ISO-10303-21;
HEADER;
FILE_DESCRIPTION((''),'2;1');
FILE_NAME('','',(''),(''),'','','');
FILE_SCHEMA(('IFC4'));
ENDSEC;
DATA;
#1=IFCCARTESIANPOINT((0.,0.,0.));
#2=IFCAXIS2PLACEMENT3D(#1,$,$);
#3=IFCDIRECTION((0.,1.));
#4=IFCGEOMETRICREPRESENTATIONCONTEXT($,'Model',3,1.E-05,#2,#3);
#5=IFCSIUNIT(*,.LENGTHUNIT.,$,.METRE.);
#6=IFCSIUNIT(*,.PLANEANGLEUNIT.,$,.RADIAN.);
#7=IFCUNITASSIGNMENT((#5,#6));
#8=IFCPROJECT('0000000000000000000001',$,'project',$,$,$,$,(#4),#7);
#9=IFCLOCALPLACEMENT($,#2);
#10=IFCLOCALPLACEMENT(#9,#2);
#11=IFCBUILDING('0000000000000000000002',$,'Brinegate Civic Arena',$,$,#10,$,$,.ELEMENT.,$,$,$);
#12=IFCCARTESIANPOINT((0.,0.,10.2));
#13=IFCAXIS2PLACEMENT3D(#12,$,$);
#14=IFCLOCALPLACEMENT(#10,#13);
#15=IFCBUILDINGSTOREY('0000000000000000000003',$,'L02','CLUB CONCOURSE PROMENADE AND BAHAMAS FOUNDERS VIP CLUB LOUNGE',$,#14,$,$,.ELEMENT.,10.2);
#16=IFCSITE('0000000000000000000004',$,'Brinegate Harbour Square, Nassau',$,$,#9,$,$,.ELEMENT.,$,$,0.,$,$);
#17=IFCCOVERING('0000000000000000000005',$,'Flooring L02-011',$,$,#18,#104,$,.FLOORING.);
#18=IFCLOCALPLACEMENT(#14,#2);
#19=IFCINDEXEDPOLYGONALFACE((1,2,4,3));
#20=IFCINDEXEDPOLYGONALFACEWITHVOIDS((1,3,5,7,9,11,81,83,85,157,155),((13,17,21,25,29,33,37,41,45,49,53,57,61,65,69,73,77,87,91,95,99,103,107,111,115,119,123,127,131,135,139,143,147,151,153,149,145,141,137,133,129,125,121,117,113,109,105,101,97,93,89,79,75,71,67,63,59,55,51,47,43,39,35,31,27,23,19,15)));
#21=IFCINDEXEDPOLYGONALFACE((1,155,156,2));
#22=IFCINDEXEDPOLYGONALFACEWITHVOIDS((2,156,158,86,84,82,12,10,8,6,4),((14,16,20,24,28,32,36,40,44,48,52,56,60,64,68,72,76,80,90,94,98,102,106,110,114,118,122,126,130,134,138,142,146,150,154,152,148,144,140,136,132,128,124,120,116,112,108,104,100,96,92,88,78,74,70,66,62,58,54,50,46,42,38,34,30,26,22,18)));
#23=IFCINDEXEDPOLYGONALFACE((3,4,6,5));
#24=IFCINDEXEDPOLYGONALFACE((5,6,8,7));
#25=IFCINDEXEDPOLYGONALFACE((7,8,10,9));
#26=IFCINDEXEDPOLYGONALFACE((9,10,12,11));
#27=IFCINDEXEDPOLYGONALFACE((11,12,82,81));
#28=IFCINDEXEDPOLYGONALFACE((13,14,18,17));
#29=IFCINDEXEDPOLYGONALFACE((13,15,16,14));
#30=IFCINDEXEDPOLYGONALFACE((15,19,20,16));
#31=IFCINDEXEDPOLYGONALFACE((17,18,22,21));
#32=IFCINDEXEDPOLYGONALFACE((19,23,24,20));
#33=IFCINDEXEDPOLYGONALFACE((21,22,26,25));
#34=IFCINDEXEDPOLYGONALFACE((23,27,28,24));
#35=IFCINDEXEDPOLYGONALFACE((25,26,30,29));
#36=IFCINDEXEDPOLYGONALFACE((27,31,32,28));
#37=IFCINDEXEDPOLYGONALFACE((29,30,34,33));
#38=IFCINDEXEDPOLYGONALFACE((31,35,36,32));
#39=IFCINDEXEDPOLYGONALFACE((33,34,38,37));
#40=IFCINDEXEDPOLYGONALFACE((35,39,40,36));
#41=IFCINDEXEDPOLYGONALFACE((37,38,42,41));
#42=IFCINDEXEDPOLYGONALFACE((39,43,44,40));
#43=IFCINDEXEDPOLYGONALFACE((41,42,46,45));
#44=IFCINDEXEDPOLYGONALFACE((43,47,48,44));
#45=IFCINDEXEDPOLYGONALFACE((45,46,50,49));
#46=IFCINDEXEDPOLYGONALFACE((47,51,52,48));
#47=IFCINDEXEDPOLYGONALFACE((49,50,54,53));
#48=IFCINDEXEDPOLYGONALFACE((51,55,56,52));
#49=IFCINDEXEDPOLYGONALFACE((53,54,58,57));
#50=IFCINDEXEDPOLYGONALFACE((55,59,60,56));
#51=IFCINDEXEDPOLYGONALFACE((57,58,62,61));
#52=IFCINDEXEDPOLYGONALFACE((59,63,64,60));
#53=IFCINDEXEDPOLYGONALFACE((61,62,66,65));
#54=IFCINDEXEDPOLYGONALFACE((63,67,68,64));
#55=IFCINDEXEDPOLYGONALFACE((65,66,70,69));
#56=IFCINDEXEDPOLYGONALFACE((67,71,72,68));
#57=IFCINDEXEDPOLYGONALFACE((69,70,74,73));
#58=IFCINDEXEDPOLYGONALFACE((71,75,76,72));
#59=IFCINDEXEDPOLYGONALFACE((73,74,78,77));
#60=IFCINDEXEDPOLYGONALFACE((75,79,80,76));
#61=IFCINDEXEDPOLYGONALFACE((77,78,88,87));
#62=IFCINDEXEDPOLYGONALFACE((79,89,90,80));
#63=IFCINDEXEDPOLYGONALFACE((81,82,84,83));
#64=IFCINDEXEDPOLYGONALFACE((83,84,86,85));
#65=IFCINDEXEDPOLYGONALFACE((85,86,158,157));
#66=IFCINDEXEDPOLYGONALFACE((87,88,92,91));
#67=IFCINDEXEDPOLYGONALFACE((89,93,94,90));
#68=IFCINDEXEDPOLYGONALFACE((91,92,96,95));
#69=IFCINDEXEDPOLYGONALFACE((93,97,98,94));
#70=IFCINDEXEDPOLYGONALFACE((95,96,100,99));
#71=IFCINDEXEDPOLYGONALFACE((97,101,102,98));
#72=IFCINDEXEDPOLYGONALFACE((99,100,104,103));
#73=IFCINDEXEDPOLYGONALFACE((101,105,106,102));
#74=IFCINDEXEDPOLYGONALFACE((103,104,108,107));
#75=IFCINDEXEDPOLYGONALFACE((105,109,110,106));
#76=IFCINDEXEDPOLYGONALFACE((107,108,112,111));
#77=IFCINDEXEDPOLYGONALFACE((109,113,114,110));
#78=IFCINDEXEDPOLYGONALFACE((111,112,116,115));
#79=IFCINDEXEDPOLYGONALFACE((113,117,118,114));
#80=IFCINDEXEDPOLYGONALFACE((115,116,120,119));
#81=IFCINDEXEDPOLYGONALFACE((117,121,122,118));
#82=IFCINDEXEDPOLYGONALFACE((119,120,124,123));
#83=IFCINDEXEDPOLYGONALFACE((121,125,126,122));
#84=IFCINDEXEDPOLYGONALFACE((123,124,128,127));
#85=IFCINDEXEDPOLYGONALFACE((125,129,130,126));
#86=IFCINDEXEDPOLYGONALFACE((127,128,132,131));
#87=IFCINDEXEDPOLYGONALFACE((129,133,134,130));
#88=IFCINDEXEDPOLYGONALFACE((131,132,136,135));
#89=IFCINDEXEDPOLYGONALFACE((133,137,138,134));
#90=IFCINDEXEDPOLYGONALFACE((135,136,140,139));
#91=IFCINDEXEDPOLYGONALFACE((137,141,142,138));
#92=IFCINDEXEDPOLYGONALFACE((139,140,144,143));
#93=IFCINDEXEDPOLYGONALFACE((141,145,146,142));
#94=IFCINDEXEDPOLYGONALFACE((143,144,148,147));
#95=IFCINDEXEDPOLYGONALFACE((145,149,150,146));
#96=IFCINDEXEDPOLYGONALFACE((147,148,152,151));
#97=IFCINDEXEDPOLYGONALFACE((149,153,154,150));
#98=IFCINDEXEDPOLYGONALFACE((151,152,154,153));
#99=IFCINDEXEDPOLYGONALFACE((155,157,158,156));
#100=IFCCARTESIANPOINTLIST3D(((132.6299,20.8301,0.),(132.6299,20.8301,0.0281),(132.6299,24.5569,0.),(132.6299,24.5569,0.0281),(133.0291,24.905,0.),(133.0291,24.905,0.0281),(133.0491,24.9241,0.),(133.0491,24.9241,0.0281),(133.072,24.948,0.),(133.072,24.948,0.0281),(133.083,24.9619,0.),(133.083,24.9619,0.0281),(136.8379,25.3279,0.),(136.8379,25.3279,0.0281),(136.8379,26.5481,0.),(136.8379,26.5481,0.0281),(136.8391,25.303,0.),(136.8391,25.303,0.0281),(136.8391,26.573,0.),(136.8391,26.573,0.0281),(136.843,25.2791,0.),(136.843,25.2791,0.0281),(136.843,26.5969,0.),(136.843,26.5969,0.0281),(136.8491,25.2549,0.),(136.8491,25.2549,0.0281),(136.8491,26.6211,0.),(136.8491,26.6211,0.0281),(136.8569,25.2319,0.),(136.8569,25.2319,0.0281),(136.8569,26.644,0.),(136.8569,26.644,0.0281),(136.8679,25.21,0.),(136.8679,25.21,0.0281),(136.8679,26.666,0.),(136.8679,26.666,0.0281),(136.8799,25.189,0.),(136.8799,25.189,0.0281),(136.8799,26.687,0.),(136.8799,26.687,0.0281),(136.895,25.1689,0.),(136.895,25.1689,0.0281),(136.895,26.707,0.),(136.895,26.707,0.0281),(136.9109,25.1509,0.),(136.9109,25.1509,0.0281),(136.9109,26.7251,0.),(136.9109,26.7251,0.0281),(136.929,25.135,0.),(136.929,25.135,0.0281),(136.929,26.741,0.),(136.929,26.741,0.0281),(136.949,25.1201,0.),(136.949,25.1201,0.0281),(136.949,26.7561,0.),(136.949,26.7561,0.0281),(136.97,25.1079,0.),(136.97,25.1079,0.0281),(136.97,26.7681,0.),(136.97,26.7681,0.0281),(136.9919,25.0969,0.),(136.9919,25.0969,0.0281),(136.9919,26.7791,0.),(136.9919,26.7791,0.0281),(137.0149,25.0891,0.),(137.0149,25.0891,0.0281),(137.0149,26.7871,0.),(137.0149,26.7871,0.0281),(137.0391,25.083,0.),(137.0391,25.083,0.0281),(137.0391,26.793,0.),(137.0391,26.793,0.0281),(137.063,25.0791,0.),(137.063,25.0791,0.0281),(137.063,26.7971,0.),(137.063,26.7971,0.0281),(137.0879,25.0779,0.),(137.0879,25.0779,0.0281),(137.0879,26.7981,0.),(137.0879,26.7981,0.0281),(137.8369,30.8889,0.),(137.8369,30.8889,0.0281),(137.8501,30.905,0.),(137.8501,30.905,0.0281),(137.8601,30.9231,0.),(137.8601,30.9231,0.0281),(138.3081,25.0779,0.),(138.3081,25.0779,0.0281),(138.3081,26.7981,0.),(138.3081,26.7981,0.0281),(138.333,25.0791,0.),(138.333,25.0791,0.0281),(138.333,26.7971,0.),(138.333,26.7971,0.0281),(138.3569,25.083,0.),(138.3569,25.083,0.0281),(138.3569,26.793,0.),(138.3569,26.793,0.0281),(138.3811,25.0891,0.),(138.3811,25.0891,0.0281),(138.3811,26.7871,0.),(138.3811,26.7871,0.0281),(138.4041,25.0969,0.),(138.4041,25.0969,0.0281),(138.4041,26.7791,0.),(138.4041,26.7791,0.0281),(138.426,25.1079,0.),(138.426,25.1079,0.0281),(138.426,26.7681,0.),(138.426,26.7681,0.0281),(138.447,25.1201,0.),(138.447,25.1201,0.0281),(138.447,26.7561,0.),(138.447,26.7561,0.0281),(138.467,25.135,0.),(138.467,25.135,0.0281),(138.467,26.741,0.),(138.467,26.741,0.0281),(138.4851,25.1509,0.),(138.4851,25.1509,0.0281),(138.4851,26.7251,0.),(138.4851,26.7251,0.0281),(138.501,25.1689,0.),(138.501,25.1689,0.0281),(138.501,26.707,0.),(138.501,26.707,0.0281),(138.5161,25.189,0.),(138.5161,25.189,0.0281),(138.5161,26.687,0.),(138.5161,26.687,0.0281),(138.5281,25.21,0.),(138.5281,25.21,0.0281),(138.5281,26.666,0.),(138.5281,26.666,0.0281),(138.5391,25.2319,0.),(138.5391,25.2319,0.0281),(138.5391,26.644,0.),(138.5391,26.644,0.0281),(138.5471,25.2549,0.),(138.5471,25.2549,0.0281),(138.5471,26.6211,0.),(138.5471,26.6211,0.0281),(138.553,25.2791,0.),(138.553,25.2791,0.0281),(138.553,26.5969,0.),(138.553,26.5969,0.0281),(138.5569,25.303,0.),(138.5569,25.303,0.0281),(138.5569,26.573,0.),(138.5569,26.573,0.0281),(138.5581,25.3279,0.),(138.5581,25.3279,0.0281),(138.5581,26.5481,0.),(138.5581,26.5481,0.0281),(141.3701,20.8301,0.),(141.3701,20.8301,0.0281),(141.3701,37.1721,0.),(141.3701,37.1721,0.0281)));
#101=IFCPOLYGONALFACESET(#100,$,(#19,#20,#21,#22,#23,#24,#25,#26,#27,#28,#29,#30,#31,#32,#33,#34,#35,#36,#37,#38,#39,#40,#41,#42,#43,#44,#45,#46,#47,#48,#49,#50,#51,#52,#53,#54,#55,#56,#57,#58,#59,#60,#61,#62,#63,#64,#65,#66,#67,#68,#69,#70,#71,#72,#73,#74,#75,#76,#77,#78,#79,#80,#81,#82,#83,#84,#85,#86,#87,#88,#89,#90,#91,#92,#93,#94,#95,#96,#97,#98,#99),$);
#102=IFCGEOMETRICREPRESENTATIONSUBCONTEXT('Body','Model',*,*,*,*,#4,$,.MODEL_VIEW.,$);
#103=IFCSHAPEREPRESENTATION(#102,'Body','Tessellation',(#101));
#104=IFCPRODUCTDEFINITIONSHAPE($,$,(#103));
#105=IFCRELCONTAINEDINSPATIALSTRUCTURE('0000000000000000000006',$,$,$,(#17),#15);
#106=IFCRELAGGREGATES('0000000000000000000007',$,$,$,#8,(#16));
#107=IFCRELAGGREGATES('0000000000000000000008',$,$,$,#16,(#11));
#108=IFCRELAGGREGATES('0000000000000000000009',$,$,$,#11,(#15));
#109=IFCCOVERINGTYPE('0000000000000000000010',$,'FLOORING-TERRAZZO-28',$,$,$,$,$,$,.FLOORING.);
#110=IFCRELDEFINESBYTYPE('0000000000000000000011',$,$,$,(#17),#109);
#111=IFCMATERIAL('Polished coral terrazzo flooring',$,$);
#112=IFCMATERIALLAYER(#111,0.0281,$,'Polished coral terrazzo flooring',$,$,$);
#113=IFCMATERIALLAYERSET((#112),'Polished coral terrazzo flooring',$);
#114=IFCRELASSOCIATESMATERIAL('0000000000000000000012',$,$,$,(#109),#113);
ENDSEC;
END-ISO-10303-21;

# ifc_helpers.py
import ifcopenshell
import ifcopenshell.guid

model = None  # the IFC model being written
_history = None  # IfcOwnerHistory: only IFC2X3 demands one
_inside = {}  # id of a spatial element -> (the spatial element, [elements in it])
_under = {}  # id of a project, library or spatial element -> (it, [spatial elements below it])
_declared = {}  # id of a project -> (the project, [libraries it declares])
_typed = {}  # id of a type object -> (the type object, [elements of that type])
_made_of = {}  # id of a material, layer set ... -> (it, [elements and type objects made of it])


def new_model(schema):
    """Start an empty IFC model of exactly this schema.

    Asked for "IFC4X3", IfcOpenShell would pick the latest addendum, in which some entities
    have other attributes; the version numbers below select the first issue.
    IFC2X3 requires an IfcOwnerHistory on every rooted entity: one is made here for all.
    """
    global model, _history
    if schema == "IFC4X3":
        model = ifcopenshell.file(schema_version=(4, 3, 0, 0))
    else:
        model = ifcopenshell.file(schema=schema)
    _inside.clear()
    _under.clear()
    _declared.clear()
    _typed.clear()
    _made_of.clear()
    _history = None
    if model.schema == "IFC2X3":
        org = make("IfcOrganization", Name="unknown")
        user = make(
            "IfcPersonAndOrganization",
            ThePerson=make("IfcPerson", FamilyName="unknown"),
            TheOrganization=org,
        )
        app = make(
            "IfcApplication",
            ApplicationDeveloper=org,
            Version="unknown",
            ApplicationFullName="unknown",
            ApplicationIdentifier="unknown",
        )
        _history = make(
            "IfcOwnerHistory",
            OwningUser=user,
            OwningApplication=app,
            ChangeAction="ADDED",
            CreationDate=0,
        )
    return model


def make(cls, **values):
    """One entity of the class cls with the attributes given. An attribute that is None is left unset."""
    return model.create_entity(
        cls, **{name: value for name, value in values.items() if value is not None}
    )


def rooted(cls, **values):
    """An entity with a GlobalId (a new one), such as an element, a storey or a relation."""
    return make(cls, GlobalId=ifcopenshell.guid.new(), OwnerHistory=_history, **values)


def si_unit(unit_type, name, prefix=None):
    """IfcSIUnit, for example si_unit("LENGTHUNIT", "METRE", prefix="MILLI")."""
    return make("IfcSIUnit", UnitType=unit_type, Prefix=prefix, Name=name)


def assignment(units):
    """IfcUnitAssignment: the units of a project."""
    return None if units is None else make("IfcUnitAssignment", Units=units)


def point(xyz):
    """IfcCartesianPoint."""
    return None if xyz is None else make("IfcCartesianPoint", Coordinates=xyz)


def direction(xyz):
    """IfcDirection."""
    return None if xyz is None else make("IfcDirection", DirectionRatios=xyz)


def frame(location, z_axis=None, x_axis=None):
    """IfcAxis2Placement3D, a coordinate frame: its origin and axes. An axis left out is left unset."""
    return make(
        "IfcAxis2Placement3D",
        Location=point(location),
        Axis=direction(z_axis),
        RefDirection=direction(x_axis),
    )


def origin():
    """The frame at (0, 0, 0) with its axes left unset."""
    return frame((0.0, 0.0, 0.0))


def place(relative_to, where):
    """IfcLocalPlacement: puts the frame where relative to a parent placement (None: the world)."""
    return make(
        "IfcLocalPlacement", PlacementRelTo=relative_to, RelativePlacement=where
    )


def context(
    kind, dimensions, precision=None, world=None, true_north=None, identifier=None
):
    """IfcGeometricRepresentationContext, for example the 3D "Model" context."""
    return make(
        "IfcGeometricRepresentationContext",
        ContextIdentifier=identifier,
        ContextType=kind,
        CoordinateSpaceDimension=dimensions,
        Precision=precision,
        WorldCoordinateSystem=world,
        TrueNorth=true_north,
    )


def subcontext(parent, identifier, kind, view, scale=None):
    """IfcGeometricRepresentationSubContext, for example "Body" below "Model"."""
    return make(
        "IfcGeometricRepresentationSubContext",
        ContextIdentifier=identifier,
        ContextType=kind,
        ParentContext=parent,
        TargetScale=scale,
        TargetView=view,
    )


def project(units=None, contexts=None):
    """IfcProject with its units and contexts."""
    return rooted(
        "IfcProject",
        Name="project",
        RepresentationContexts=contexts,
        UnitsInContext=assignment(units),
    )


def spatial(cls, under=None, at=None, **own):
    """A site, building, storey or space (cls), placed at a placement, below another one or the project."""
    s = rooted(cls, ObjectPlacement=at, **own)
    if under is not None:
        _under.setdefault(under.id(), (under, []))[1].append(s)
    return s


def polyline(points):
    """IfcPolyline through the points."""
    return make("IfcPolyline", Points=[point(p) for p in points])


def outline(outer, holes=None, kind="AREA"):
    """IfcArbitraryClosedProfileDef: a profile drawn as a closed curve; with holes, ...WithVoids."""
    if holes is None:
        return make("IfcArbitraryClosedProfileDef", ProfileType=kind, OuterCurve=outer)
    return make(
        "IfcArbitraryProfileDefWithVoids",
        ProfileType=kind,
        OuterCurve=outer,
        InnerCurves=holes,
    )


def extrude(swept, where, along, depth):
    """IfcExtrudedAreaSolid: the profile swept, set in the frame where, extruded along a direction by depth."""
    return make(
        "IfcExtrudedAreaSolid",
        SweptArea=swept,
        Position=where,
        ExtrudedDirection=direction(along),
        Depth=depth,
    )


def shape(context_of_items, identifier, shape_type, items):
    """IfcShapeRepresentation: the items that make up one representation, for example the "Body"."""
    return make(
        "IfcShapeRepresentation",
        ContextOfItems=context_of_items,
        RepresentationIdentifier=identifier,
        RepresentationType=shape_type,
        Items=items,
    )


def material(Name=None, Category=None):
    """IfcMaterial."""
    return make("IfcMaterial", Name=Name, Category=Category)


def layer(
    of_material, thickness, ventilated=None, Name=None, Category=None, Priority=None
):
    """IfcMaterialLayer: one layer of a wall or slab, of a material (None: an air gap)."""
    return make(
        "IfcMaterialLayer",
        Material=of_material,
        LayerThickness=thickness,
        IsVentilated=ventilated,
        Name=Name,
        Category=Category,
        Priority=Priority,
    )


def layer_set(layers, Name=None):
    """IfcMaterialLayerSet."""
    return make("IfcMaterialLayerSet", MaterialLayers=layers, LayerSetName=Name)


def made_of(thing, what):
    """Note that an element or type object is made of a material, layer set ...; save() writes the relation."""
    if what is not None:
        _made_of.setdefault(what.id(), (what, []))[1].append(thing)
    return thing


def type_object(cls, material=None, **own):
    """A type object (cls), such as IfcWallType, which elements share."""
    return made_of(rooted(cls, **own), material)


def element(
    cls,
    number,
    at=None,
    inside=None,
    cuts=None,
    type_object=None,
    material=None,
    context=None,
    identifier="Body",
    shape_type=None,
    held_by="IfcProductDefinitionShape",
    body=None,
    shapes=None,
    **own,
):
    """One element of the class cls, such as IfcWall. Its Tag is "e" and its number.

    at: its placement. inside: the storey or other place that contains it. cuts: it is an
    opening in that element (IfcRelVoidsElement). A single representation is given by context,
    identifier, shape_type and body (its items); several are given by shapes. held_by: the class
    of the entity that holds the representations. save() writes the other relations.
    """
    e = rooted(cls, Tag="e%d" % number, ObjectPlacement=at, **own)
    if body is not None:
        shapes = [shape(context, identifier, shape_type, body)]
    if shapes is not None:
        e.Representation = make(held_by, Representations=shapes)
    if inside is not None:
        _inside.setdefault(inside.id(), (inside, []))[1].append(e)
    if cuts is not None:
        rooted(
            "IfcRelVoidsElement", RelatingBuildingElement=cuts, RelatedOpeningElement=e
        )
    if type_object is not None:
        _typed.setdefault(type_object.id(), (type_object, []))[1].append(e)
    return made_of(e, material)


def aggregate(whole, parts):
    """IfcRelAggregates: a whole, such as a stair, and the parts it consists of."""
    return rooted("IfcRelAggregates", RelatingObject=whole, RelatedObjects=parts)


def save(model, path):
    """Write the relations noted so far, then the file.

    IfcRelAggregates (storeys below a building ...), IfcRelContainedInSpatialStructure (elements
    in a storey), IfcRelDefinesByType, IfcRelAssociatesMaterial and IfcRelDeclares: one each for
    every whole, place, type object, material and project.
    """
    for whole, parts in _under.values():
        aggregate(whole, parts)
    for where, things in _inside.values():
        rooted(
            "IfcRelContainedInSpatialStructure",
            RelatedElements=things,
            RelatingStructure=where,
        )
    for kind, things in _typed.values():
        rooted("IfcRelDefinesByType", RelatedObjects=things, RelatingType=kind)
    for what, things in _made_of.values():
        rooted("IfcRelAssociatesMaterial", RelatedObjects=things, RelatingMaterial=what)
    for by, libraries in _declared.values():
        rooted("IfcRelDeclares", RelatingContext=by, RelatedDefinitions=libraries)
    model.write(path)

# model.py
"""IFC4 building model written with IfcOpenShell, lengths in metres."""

from ifc_helpers import new_model, si_unit, direction, frame, origin, place, context, subcontext, project, spatial, polyline, outline, extrude, material, layer, layer_set, type_object, element, save


model = new_model("IFC4")

# Units and contexts
model_context = context("Model", 3, precision=1e-05, world=origin(), true_north=direction((0.0, 1.0)))
body_context = subcontext(model_context, "Body", "Model", "MODEL_VIEW")
ifc_project = project(units=[si_unit("LENGTHUNIT", "METRE"), si_unit("PLANEANGLEUNIT", "RADIAN")], contexts=[model_context])

# Site, building, storey
site_placement = place(None, origin())
site = spatial("IfcSite", under=ifc_project, at=site_placement, Name="Brinegate Harbour Square, Nassau", CompositionType="ELEMENT", RefElevation=0.0)
building_placement = place(site_placement, origin())
building = spatial("IfcBuilding", under=site, at=building_placement, Name="Brinegate Civic Arena", CompositionType="ELEMENT")
storey_placement = place(building_placement, frame((0.0, 0.0, 10.2)))
storey = spatial("IfcBuildingStorey", under=building, at=storey_placement, Name="L02", Description="CLUB CONCOURSE PROMENADE AND BAHAMAS FOUNDERS VIP CLUB LOUNGE", CompositionType="ELEMENT", Elevation=10.2)

# Covering
ifc_material_1 = material(Name="Polished coral terrazzo flooring")
ifc_layer_1 = layer(ifc_material_1, 0.0281, Name="Polished coral terrazzo flooring")
ifc_layer_set_1 = layer_set([ifc_layer_1], Name="Polished coral terrazzo flooring")
covering_type_1 = type_object("IfcCoveringType", Name="FLOORING-TERRAZZO-28", PredefinedType="FLOORING", material=ifc_layer_set_1)
covering_1_placement = place(storey_placement, origin())
element("IfcCovering", 1, at=covering_1_placement, inside=storey, type_object=covering_type_1, Name="Flooring L02-011", PredefinedType="FLOORING", context=body_context, shape_type="SweptSolid", body=[
    extrude(outline(polyline([(132.6299, 20.8301), (132.6299, 24.5569), (133.0291, 24.905), (133.0491, 24.9241), (133.072, 24.948), (133.083, 24.9619), (137.8369, 30.8889), (137.8501, 30.905), (137.8601, 30.9231), (141.3701, 37.1721), (141.3701, 20.8301), (132.6299, 20.8301)]), holes=[polyline([(138.5581, 26.5481), (138.5569, 26.573), (138.553, 26.5969), (138.5471, 26.6211), (138.5391, 26.644), (138.5281, 26.666), (138.5161, 26.687), (138.501, 26.707), (138.4851, 26.7251), (138.467, 26.741), (138.447, 26.7561), (138.426, 26.7681), (138.4041, 26.7791), (138.3811, 26.7871), (138.3569, 26.793), (138.333, 26.7971), (138.3081, 26.7981), (137.0879, 26.7981), (137.063, 26.7971), (137.0391, 26.793), (137.0149, 26.7871), (136.9919, 26.7791), (136.97, 26.7681), (136.949, 26.7561), (136.929, 26.741), (136.9109, 26.7251), (136.895, 26.707), (136.8799, 26.687), (136.8679, 26.666), (136.8569, 26.644), (136.8491, 26.6211), (136.843, 26.5969), (136.8391, 26.573), (136.8379, 26.5481), (136.8379, 25.3279), (136.8391, 25.303), (136.843, 25.2791), (136.8491, 25.2549), (136.8569, 25.2319), (136.8679, 25.21), (136.8799, 25.189), (136.895, 25.1689), (136.9109, 25.1509), (136.929, 25.135), (136.949, 25.1201), (136.97, 25.1079), (136.9919, 25.0969), (137.0149, 25.0891), (137.0391, 25.083), (137.063, 25.0791), (137.0879, 25.0779), (138.3081, 25.0779), (138.333, 25.0791), (138.3569, 25.083), (138.3811, 25.0891), (138.4041, 25.0969), (138.426, 25.1079), (138.447, 25.1201), (138.467, 25.135), (138.4851, 25.1509), (138.501, 25.1689), (138.5161, 25.189), (138.5281, 25.21), (138.5391, 25.2319), (138.5471, 25.2549), (138.553, 25.2791), (138.5569, 25.303), (138.5581, 25.3279), (138.5581, 26.5481)])]), origin(), (0.0, 0.0, 1.0), 0.0281),
])

save(model, "model.ifc")
